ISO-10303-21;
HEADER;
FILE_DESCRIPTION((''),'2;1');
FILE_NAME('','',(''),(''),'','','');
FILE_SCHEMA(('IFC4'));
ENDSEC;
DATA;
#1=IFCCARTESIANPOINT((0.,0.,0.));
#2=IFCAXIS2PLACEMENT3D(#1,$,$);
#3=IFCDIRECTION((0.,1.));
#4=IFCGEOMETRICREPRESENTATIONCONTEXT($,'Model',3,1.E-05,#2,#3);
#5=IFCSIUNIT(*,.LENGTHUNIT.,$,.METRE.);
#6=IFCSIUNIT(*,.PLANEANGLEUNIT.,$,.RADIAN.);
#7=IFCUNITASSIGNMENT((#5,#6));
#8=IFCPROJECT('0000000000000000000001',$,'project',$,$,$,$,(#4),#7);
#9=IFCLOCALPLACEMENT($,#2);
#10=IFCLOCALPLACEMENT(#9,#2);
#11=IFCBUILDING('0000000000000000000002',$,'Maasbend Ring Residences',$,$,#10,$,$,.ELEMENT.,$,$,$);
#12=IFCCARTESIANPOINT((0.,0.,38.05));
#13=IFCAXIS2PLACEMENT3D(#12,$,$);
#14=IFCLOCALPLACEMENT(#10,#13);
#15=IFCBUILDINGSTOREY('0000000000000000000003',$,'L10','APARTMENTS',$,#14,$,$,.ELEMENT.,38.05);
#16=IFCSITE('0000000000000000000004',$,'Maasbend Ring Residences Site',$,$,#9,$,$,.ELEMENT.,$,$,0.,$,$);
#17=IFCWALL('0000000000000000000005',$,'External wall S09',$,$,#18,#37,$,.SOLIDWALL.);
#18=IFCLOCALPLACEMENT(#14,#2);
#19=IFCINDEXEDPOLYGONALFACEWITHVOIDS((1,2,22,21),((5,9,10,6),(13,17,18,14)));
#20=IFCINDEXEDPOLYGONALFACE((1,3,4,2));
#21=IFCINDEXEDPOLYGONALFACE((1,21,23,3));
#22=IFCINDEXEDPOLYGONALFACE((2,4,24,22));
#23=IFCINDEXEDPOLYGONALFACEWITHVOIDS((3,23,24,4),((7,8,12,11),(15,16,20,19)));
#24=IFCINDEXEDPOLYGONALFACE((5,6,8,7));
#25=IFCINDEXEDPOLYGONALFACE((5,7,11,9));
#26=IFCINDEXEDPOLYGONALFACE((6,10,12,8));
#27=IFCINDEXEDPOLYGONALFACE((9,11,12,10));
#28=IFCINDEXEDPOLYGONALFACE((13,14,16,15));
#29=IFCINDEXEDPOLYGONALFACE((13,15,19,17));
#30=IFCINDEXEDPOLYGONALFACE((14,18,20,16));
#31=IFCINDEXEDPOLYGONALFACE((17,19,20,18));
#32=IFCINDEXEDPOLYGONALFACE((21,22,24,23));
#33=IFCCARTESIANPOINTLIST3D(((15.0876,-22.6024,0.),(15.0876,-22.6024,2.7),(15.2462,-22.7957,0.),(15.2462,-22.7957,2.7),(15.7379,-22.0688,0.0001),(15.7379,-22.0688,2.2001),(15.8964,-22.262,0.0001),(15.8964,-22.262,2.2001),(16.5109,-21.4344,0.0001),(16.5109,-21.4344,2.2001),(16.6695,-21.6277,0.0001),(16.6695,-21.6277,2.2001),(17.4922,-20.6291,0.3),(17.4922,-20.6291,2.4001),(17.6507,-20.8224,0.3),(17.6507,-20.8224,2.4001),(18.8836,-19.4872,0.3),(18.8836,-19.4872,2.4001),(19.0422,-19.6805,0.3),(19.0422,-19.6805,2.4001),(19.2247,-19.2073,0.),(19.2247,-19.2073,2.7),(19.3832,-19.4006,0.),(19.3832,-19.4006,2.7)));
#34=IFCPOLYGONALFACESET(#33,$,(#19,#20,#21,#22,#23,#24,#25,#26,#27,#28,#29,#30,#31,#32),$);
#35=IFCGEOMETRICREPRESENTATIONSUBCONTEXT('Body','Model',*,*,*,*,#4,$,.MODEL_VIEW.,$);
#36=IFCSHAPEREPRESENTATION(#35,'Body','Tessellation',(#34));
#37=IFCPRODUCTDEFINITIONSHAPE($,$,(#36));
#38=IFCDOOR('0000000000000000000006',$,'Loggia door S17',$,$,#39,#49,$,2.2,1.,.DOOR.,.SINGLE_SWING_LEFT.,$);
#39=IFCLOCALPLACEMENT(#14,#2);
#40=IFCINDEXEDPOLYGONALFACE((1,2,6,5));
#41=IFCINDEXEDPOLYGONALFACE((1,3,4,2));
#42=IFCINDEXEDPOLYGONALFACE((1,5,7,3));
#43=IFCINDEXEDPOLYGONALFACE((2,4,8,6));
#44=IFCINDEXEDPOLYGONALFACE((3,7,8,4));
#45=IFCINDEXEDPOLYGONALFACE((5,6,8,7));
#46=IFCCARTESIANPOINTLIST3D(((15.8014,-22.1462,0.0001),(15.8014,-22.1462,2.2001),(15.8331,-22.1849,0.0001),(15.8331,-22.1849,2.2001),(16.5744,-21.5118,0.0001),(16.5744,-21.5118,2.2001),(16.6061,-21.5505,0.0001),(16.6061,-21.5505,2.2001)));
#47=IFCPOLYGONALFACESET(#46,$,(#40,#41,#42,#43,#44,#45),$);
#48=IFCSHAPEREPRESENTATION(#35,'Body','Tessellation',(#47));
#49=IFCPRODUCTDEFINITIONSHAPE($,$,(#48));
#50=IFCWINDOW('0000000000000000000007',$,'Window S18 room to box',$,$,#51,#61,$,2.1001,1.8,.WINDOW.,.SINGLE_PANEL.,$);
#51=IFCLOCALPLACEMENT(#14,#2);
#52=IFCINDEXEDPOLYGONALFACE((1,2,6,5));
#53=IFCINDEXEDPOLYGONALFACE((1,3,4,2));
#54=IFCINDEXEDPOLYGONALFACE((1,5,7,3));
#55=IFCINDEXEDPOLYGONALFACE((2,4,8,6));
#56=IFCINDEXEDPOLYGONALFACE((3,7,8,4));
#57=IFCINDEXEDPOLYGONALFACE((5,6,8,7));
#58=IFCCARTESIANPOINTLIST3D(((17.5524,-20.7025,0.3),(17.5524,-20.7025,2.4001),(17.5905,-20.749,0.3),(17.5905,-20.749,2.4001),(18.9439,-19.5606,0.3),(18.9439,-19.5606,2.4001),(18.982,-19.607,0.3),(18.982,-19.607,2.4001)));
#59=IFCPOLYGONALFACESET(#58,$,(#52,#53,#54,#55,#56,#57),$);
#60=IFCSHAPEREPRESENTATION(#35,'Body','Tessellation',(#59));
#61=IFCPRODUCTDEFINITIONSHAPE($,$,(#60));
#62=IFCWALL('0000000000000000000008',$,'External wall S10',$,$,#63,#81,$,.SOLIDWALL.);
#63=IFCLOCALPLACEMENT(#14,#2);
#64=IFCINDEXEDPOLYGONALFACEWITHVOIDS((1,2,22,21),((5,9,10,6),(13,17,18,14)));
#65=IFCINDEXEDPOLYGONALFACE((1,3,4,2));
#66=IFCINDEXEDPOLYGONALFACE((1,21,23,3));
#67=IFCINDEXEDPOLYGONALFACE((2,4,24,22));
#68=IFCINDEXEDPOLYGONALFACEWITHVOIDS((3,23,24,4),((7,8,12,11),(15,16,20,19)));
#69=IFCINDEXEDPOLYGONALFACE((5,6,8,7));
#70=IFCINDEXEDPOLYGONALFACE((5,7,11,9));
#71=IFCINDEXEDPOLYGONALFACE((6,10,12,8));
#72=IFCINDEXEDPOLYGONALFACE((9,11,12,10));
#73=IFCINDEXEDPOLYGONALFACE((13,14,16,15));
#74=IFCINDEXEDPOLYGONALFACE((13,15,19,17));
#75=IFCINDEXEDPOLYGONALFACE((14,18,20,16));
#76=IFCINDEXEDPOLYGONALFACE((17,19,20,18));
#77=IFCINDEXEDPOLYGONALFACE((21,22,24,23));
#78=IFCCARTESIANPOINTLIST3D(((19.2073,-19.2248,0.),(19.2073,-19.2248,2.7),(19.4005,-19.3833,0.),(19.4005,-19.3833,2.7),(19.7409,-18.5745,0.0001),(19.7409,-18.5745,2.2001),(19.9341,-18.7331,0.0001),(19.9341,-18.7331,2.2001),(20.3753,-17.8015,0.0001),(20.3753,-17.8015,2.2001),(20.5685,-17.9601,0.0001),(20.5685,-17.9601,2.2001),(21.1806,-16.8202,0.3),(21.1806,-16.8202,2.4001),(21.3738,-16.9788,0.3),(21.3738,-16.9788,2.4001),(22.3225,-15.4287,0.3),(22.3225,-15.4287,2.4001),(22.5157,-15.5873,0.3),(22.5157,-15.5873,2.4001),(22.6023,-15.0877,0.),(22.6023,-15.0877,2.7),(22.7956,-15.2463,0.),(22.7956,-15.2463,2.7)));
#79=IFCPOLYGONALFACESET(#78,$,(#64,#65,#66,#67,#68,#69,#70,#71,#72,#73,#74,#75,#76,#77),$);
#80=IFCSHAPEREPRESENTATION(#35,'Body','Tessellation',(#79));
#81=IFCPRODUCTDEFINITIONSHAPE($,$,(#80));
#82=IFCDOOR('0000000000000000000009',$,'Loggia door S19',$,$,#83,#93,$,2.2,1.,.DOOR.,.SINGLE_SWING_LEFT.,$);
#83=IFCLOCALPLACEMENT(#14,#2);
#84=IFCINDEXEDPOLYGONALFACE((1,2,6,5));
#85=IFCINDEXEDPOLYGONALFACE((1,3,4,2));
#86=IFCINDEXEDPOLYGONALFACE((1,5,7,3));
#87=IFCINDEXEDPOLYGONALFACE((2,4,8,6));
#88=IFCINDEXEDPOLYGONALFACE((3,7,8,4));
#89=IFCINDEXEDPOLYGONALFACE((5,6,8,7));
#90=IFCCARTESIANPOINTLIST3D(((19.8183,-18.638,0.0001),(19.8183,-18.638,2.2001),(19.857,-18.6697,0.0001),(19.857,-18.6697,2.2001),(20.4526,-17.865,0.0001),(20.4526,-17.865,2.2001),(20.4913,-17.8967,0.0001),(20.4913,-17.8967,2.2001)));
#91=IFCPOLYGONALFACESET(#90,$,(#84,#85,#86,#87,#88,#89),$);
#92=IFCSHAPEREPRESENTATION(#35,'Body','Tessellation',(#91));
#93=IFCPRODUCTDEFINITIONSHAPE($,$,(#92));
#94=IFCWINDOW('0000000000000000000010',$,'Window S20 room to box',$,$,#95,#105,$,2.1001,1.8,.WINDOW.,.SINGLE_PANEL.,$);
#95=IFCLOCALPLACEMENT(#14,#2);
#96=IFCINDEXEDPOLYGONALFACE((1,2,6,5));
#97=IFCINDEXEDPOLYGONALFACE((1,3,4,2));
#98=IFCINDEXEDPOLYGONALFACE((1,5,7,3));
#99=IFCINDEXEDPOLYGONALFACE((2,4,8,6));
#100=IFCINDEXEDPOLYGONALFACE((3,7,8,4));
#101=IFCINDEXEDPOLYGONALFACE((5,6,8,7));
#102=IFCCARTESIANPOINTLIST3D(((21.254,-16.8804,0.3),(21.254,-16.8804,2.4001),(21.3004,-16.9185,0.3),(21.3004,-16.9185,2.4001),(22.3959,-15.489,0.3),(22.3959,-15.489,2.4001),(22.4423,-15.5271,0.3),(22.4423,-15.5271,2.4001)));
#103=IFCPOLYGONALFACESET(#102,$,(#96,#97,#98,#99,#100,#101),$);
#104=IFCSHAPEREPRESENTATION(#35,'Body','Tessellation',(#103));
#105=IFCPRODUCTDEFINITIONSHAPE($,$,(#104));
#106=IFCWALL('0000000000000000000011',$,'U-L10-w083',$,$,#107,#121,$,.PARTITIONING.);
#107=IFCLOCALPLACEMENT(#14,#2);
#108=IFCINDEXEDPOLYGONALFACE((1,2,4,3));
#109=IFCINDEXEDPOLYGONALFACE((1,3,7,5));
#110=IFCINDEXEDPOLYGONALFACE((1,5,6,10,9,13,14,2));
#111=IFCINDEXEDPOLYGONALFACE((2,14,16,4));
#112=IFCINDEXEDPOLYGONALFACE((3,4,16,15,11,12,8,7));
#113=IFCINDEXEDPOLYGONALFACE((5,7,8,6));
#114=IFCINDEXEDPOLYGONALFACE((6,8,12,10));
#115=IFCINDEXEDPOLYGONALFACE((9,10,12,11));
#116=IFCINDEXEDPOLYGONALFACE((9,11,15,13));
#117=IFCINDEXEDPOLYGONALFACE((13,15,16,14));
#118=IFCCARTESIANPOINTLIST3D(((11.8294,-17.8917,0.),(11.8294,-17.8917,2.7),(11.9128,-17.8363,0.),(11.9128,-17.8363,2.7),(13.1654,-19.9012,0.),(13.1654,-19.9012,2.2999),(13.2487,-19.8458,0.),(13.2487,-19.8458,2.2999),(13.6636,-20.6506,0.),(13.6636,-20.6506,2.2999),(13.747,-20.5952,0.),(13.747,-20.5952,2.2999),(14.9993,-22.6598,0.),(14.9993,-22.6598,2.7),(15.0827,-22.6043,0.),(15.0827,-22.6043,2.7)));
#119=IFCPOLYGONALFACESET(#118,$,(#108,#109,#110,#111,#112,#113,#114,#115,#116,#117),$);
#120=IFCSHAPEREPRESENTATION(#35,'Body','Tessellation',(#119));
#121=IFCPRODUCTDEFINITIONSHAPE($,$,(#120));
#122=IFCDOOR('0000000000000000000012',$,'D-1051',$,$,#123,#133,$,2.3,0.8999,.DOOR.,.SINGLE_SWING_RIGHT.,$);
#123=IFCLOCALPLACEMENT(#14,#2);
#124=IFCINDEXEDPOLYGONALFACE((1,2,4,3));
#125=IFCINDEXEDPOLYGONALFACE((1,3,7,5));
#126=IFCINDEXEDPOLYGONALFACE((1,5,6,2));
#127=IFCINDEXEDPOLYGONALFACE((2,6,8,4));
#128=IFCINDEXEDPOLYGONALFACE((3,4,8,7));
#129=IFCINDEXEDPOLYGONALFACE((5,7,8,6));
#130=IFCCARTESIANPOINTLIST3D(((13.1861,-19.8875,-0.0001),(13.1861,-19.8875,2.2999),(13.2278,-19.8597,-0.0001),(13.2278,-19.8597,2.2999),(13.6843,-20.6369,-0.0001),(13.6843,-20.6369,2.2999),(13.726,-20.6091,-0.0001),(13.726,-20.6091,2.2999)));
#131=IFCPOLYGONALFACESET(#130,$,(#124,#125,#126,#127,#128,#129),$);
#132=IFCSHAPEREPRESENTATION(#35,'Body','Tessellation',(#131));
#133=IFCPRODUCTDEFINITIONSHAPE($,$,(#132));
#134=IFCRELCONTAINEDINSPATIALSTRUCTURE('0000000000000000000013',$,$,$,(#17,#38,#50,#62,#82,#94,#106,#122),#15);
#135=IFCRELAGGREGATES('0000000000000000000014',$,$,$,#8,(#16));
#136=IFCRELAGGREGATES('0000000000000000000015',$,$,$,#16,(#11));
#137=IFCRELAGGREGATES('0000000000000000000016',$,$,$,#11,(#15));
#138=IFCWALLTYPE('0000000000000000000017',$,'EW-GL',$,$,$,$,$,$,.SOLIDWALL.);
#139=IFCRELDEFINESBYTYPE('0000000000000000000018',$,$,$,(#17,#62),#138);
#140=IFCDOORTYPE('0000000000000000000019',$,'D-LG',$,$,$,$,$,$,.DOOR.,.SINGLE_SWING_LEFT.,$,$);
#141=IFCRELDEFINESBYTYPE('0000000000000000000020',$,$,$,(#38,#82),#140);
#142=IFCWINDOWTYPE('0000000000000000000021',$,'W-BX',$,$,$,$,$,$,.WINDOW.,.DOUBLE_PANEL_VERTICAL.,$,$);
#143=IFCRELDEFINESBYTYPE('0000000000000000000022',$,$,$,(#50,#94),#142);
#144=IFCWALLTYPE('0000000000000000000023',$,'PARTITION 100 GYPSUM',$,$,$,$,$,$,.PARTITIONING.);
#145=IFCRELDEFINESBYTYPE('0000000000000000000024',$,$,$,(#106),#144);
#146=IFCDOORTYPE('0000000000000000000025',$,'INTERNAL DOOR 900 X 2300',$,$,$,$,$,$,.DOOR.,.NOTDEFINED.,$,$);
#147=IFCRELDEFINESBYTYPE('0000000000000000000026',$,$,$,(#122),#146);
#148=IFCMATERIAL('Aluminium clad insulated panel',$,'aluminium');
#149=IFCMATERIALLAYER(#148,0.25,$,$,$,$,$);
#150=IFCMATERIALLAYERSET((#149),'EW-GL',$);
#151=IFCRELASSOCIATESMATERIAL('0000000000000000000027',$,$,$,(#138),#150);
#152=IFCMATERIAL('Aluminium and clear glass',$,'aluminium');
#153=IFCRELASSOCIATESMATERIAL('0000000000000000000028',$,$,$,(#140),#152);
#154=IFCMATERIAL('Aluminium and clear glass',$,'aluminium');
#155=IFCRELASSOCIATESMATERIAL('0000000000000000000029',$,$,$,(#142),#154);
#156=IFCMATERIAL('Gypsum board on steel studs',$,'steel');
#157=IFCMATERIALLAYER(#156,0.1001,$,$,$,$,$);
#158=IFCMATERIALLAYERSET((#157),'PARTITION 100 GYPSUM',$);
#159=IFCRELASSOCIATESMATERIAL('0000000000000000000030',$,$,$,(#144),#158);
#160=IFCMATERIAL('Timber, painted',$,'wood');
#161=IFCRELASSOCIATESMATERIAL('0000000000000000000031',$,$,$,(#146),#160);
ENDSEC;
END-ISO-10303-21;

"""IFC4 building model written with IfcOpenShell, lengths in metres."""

from ifc_helpers import new_model, si_unit, direction, frame, frame_2d, origin, place, context, subcontext, project, spatial, rectangle, extrude, material, layer, layer_set, type_object, element, fill, save


model = new_model("IFC4")

# Units and contexts
model_context = context("Model", 3, precision=1e-05, world=origin(), true_north=direction((0.0, 1.0)))
body_context = subcontext(model_context, "Body", "Model", "MODEL_VIEW")
ifc_project = project(units=[si_unit("LENGTHUNIT", "METRE"), si_unit("PLANEANGLEUNIT", "RADIAN")], contexts=[model_context])

# Site, building, storey
site_placement = place(None, origin())
site = spatial("IfcSite", under=ifc_project, at=site_placement, Name="Maasbend Ring Residences Site", CompositionType="ELEMENT", RefElevation=0.0)
building_placement = place(site_placement, origin())
building = spatial("IfcBuilding", under=site, at=building_placement, Name="Maasbend Ring Residences", CompositionType="ELEMENT")
storey_placement = place(building_placement, frame((0.0, 0.0, 38.05)))
storey = spatial("IfcBuildingStorey", under=building, at=storey_placement, Name="L10", Description="APARTMENTS", CompositionType="ELEMENT", Elevation=38.05)

# Walls, openings, doors, windows
ifc_material_1 = material(Name="Aluminium clad insulated panel", Category="aluminium")
ifc_layer_1 = layer(ifc_material_1, 0.25)
ifc_layer_set_1 = layer_set([ifc_layer_1], Name="EW-GL")
wall_type_1 = type_object("IfcWallType", Name="EW-GL", PredefinedType="SOLIDWALL", material=ifc_layer_set_1)
wall_1_placement = place(storey_placement, frame((15.167, -22.699, 0.0), z_axis=(0.0, 0.0, 1.0), x_axis=(0.773019, 0.634382, 0.0)))
wall_1 = element("IfcWall", 1, at=wall_1_placement, inside=storey, type_object=wall_type_1, Name="External wall S09", PredefinedType="SOLIDWALL", context=body_context, shape_type="SweptSolid", body=[
    extrude(rectangle(XDim=5.3518, YDim=0.25, at=frame_2d((2.6758, 0.0))), origin(), (0.0, 0.0, 1.0), 2.7),
])
opening_1_placement = place(wall_1_placement, frame((0.8411, 0.0, 0.0)))
opening_1 = element("IfcOpeningElement", 2, at=opening_1_placement, cuts=wall_1, PredefinedType="OPENING", context=body_context, shape_type="SweptSolid", body=[
    extrude(rectangle(XDim=1.0, YDim=2.2, at=frame_2d((0.5, 1.1001))), frame((0.0, 0.135, 0.0), z_axis=(0.0, -1.0, 0.0), x_axis=(1.0, 0.0, 0.0)), (0.0, 0.0, 1.0), 0.27),
])
opening_2_placement = place(wall_1_placement, frame((3.1106, 0.0, 0.3)))
opening_2 = element("IfcOpeningElement", 3, at=opening_2_placement, cuts=wall_1, PredefinedType="OPENING", context=body_context, shape_type="SweptSolid", body=[
    extrude(rectangle(XDim=1.8, YDim=2.1001, at=frame_2d((0.8999, 1.05))), frame((0.0, 0.135, 0.0), z_axis=(0.0, -1.0, 0.0), x_axis=(1.0, 0.0, 0.0)), (0.0, 0.0, 1.0), 0.27),
])
ifc_material_2 = material(Name="Aluminium and clear glass", Category="aluminium")
door_type_1 = type_object("IfcDoorType", Name="D-LG", OperationType="SINGLE_SWING_LEFT", PredefinedType="DOOR", material=ifc_material_2)
door_1_placement = place(opening_1_placement, origin())
door_1 = element("IfcDoor", 4, at=door_1_placement, inside=storey, type_object=door_type_1, Name="Loggia door S17", OperationType="SINGLE_SWING_LEFT", OverallHeight=2.2, OverallWidth=1.0, PredefinedType="DOOR", context=body_context, shape_type="SweptSolid", body=[
    extrude(rectangle(XDim=1.0, YDim=2.2, at=frame_2d((0.5, 1.1001))), frame((0.0, 0.0249, 0.0), z_axis=(0.0, -1.0, 0.0), x_axis=(1.0, 0.0, 0.0)), (0.0, 0.0, 1.0), 0.05),
])
fill(opening_1, door_1)
ifc_material_3 = material(Name="Aluminium and clear glass", Category="aluminium")
window_type_1 = type_object("IfcWindowType", Name="W-BX", PartitioningType="DOUBLE_PANEL_VERTICAL", PredefinedType="WINDOW", material=ifc_material_3)
window_1_placement = place(opening_2_placement, origin())
window_1 = element("IfcWindow", 5, at=window_1_placement, inside=storey, type_object=window_type_1, Name="Window S18 room to box", OverallHeight=2.1001, OverallWidth=1.8, PartitioningType="SINGLE_PANEL", PredefinedType="WINDOW", context=body_context, shape_type="SweptSolid", body=[
    extrude(rectangle(XDim=1.8, YDim=2.1001, at=frame_2d((0.8999, 1.05))), frame((0.0, 0.03, 0.0), z_axis=(0.0, -1.0, 0.0), x_axis=(1.0, 0.0, 0.0)), (0.0, 0.0, 1.0), 0.0601),
])
fill(opening_2, window_1)
wall_2_placement = place(storey_placement, frame((19.304, -19.304, 0.0), z_axis=(0.0, 0.0, 1.0), x_axis=(0.634382, 0.773019, 0.0)))
wall_2 = element("IfcWall", 6, at=wall_2_placement, inside=storey, type_object=wall_type_1, Name="External wall S10", PredefinedType="SOLIDWALL", context=body_context, shape_type="SweptSolid", body=[
    extrude(rectangle(XDim=5.3518, YDim=0.25, at=frame_2d((2.6758, 0.0))), origin(), (0.0, 0.0, 1.0), 2.7),
])
opening_3_placement = place(wall_2_placement, frame((0.8411, 0.0, 0.0)))
opening_3 = element("IfcOpeningElement", 7, at=opening_3_placement, cuts=wall_2, PredefinedType="OPENING", context=body_context, shape_type="SweptSolid", body=[
    extrude(rectangle(XDim=1.0, YDim=2.2, at=frame_2d((0.5, 1.1001))), frame((0.0, 0.135, 0.0), z_axis=(0.0, -1.0, 0.0), x_axis=(1.0, 0.0, 0.0)), (0.0, 0.0, 1.0), 0.27),
])
opening_4_placement = place(wall_2_placement, frame((3.1106, 0.0, 0.3)))
opening_4 = element("IfcOpeningElement", 8, at=opening_4_placement, cuts=wall_2, PredefinedType="OPENING", context=body_context, shape_type="SweptSolid", body=[
    extrude(rectangle(XDim=1.8, YDim=2.1001, at=frame_2d((0.8999, 1.05))), frame((0.0, 0.135, 0.0), z_axis=(0.0, -1.0, 0.0), x_axis=(1.0, 0.0, 0.0)), (0.0, 0.0, 1.0), 0.27),
])
door_2_placement = place(opening_3_placement, origin())
door_2 = element("IfcDoor", 9, at=door_2_placement, inside=storey, type_object=door_type_1, Name="Loggia door S19", OperationType="SINGLE_SWING_LEFT", OverallHeight=2.2, OverallWidth=1.0, PredefinedType="DOOR", context=body_context, shape_type="SweptSolid", body=[
    extrude(rectangle(XDim=1.0, YDim=2.2, at=frame_2d((0.5, 1.1001))), frame((0.0, 0.0249, 0.0), z_axis=(0.0, -1.0, 0.0), x_axis=(1.0, 0.0, 0.0)), (0.0, 0.0, 1.0), 0.05),
])
fill(opening_3, door_2)
window_2_placement = place(opening_4_placement, origin())
window_2 = element("IfcWindow", 10, at=window_2_placement, inside=storey, type_object=window_type_1, Name="Window S20 room to box", OverallHeight=2.1001, OverallWidth=1.8, PartitioningType="SINGLE_PANEL", PredefinedType="WINDOW", context=body_context, shape_type="SweptSolid", body=[
    extrude(rectangle(XDim=1.8, YDim=2.1001, at=frame_2d((0.8999, 1.05))), frame((0.0, 0.03, 0.0), z_axis=(0.0, -1.0, 0.0), x_axis=(1.0, 0.0, 0.0)), (0.0, 0.0, 1.0), 0.0601),
])
fill(opening_4, window_2)

# Wall, opening, door
ifc_material_4 = material(Name="Gypsum board on steel studs", Category="steel")
ifc_layer_2 = layer(ifc_material_4, 0.1001)
ifc_layer_set_2 = layer_set([ifc_layer_2], Name="PARTITION 100 GYPSUM")
wall_type_2 = type_object("IfcWallType", Name="PARTITION 100 GYPSUM", PredefinedType="PARTITIONING", material=ifc_layer_set_2)
wall_3_placement = place(storey_placement, frame((11.8711, -17.864, 0.0), z_axis=(0.0, 0.0, 1.0), x_axis=(0.553637, -0.832758, 0.0)))
wall_3 = element("IfcWall", 11, at=wall_3_placement, inside=storey, type_object=wall_type_2, Name="U-L10-w083", PredefinedType="PARTITIONING", context=body_context, shape_type="SweptSolid", body=[
    extrude(rectangle(XDim=5.7256, YDim=0.1001, at=frame_2d((2.8628, 0.0))), origin(), (0.0, 0.0, 1.0), 2.7),
])
opening_5_placement = place(wall_3_placement, frame((2.4131, 0.0, 0.0)))
opening_5 = element("IfcOpeningElement", 12, at=opening_5_placement, cuts=wall_3, PredefinedType="OPENING", context=body_context, shape_type="SweptSolid", body=[
    extrude(rectangle(XDim=0.8999, YDim=2.3, at=frame_2d((0.45, 1.1499))), frame((0.0, 0.0601, 0.0), z_axis=(0.0, -1.0, 0.0), x_axis=(1.0, 0.0, 0.0)), (0.0, 0.0, 1.0), 0.1201),
])
ifc_material_5 = material(Name="Timber, painted", Category="wood")
door_type_2 = type_object("IfcDoorType", Name="INTERNAL DOOR 900 X 2300", OperationType="NOTDEFINED", PredefinedType="DOOR", material=ifc_material_5)
door_3_placement = place(opening_5_placement, origin())
door_3 = element("IfcDoor", 13, at=door_3_placement, inside=storey, type_object=door_type_2, Name="D-1051", OperationType="SINGLE_SWING_RIGHT", OverallHeight=2.3, OverallWidth=0.8999, PredefinedType="DOOR", context=body_context, shape_type="SweptSolid", body=[
    extrude(rectangle(XDim=0.8999, YDim=2.3, at=frame_2d((0.45, 1.1499))), frame((0.0, 0.0249, 0.0), z_axis=(0.0, -1.0, 0.0), x_axis=(1.0, 0.0, 0.0)), (0.0, 0.0, 1.0), 0.05),
])
fill(opening_5, door_3)

save(model, "model.ifc")
